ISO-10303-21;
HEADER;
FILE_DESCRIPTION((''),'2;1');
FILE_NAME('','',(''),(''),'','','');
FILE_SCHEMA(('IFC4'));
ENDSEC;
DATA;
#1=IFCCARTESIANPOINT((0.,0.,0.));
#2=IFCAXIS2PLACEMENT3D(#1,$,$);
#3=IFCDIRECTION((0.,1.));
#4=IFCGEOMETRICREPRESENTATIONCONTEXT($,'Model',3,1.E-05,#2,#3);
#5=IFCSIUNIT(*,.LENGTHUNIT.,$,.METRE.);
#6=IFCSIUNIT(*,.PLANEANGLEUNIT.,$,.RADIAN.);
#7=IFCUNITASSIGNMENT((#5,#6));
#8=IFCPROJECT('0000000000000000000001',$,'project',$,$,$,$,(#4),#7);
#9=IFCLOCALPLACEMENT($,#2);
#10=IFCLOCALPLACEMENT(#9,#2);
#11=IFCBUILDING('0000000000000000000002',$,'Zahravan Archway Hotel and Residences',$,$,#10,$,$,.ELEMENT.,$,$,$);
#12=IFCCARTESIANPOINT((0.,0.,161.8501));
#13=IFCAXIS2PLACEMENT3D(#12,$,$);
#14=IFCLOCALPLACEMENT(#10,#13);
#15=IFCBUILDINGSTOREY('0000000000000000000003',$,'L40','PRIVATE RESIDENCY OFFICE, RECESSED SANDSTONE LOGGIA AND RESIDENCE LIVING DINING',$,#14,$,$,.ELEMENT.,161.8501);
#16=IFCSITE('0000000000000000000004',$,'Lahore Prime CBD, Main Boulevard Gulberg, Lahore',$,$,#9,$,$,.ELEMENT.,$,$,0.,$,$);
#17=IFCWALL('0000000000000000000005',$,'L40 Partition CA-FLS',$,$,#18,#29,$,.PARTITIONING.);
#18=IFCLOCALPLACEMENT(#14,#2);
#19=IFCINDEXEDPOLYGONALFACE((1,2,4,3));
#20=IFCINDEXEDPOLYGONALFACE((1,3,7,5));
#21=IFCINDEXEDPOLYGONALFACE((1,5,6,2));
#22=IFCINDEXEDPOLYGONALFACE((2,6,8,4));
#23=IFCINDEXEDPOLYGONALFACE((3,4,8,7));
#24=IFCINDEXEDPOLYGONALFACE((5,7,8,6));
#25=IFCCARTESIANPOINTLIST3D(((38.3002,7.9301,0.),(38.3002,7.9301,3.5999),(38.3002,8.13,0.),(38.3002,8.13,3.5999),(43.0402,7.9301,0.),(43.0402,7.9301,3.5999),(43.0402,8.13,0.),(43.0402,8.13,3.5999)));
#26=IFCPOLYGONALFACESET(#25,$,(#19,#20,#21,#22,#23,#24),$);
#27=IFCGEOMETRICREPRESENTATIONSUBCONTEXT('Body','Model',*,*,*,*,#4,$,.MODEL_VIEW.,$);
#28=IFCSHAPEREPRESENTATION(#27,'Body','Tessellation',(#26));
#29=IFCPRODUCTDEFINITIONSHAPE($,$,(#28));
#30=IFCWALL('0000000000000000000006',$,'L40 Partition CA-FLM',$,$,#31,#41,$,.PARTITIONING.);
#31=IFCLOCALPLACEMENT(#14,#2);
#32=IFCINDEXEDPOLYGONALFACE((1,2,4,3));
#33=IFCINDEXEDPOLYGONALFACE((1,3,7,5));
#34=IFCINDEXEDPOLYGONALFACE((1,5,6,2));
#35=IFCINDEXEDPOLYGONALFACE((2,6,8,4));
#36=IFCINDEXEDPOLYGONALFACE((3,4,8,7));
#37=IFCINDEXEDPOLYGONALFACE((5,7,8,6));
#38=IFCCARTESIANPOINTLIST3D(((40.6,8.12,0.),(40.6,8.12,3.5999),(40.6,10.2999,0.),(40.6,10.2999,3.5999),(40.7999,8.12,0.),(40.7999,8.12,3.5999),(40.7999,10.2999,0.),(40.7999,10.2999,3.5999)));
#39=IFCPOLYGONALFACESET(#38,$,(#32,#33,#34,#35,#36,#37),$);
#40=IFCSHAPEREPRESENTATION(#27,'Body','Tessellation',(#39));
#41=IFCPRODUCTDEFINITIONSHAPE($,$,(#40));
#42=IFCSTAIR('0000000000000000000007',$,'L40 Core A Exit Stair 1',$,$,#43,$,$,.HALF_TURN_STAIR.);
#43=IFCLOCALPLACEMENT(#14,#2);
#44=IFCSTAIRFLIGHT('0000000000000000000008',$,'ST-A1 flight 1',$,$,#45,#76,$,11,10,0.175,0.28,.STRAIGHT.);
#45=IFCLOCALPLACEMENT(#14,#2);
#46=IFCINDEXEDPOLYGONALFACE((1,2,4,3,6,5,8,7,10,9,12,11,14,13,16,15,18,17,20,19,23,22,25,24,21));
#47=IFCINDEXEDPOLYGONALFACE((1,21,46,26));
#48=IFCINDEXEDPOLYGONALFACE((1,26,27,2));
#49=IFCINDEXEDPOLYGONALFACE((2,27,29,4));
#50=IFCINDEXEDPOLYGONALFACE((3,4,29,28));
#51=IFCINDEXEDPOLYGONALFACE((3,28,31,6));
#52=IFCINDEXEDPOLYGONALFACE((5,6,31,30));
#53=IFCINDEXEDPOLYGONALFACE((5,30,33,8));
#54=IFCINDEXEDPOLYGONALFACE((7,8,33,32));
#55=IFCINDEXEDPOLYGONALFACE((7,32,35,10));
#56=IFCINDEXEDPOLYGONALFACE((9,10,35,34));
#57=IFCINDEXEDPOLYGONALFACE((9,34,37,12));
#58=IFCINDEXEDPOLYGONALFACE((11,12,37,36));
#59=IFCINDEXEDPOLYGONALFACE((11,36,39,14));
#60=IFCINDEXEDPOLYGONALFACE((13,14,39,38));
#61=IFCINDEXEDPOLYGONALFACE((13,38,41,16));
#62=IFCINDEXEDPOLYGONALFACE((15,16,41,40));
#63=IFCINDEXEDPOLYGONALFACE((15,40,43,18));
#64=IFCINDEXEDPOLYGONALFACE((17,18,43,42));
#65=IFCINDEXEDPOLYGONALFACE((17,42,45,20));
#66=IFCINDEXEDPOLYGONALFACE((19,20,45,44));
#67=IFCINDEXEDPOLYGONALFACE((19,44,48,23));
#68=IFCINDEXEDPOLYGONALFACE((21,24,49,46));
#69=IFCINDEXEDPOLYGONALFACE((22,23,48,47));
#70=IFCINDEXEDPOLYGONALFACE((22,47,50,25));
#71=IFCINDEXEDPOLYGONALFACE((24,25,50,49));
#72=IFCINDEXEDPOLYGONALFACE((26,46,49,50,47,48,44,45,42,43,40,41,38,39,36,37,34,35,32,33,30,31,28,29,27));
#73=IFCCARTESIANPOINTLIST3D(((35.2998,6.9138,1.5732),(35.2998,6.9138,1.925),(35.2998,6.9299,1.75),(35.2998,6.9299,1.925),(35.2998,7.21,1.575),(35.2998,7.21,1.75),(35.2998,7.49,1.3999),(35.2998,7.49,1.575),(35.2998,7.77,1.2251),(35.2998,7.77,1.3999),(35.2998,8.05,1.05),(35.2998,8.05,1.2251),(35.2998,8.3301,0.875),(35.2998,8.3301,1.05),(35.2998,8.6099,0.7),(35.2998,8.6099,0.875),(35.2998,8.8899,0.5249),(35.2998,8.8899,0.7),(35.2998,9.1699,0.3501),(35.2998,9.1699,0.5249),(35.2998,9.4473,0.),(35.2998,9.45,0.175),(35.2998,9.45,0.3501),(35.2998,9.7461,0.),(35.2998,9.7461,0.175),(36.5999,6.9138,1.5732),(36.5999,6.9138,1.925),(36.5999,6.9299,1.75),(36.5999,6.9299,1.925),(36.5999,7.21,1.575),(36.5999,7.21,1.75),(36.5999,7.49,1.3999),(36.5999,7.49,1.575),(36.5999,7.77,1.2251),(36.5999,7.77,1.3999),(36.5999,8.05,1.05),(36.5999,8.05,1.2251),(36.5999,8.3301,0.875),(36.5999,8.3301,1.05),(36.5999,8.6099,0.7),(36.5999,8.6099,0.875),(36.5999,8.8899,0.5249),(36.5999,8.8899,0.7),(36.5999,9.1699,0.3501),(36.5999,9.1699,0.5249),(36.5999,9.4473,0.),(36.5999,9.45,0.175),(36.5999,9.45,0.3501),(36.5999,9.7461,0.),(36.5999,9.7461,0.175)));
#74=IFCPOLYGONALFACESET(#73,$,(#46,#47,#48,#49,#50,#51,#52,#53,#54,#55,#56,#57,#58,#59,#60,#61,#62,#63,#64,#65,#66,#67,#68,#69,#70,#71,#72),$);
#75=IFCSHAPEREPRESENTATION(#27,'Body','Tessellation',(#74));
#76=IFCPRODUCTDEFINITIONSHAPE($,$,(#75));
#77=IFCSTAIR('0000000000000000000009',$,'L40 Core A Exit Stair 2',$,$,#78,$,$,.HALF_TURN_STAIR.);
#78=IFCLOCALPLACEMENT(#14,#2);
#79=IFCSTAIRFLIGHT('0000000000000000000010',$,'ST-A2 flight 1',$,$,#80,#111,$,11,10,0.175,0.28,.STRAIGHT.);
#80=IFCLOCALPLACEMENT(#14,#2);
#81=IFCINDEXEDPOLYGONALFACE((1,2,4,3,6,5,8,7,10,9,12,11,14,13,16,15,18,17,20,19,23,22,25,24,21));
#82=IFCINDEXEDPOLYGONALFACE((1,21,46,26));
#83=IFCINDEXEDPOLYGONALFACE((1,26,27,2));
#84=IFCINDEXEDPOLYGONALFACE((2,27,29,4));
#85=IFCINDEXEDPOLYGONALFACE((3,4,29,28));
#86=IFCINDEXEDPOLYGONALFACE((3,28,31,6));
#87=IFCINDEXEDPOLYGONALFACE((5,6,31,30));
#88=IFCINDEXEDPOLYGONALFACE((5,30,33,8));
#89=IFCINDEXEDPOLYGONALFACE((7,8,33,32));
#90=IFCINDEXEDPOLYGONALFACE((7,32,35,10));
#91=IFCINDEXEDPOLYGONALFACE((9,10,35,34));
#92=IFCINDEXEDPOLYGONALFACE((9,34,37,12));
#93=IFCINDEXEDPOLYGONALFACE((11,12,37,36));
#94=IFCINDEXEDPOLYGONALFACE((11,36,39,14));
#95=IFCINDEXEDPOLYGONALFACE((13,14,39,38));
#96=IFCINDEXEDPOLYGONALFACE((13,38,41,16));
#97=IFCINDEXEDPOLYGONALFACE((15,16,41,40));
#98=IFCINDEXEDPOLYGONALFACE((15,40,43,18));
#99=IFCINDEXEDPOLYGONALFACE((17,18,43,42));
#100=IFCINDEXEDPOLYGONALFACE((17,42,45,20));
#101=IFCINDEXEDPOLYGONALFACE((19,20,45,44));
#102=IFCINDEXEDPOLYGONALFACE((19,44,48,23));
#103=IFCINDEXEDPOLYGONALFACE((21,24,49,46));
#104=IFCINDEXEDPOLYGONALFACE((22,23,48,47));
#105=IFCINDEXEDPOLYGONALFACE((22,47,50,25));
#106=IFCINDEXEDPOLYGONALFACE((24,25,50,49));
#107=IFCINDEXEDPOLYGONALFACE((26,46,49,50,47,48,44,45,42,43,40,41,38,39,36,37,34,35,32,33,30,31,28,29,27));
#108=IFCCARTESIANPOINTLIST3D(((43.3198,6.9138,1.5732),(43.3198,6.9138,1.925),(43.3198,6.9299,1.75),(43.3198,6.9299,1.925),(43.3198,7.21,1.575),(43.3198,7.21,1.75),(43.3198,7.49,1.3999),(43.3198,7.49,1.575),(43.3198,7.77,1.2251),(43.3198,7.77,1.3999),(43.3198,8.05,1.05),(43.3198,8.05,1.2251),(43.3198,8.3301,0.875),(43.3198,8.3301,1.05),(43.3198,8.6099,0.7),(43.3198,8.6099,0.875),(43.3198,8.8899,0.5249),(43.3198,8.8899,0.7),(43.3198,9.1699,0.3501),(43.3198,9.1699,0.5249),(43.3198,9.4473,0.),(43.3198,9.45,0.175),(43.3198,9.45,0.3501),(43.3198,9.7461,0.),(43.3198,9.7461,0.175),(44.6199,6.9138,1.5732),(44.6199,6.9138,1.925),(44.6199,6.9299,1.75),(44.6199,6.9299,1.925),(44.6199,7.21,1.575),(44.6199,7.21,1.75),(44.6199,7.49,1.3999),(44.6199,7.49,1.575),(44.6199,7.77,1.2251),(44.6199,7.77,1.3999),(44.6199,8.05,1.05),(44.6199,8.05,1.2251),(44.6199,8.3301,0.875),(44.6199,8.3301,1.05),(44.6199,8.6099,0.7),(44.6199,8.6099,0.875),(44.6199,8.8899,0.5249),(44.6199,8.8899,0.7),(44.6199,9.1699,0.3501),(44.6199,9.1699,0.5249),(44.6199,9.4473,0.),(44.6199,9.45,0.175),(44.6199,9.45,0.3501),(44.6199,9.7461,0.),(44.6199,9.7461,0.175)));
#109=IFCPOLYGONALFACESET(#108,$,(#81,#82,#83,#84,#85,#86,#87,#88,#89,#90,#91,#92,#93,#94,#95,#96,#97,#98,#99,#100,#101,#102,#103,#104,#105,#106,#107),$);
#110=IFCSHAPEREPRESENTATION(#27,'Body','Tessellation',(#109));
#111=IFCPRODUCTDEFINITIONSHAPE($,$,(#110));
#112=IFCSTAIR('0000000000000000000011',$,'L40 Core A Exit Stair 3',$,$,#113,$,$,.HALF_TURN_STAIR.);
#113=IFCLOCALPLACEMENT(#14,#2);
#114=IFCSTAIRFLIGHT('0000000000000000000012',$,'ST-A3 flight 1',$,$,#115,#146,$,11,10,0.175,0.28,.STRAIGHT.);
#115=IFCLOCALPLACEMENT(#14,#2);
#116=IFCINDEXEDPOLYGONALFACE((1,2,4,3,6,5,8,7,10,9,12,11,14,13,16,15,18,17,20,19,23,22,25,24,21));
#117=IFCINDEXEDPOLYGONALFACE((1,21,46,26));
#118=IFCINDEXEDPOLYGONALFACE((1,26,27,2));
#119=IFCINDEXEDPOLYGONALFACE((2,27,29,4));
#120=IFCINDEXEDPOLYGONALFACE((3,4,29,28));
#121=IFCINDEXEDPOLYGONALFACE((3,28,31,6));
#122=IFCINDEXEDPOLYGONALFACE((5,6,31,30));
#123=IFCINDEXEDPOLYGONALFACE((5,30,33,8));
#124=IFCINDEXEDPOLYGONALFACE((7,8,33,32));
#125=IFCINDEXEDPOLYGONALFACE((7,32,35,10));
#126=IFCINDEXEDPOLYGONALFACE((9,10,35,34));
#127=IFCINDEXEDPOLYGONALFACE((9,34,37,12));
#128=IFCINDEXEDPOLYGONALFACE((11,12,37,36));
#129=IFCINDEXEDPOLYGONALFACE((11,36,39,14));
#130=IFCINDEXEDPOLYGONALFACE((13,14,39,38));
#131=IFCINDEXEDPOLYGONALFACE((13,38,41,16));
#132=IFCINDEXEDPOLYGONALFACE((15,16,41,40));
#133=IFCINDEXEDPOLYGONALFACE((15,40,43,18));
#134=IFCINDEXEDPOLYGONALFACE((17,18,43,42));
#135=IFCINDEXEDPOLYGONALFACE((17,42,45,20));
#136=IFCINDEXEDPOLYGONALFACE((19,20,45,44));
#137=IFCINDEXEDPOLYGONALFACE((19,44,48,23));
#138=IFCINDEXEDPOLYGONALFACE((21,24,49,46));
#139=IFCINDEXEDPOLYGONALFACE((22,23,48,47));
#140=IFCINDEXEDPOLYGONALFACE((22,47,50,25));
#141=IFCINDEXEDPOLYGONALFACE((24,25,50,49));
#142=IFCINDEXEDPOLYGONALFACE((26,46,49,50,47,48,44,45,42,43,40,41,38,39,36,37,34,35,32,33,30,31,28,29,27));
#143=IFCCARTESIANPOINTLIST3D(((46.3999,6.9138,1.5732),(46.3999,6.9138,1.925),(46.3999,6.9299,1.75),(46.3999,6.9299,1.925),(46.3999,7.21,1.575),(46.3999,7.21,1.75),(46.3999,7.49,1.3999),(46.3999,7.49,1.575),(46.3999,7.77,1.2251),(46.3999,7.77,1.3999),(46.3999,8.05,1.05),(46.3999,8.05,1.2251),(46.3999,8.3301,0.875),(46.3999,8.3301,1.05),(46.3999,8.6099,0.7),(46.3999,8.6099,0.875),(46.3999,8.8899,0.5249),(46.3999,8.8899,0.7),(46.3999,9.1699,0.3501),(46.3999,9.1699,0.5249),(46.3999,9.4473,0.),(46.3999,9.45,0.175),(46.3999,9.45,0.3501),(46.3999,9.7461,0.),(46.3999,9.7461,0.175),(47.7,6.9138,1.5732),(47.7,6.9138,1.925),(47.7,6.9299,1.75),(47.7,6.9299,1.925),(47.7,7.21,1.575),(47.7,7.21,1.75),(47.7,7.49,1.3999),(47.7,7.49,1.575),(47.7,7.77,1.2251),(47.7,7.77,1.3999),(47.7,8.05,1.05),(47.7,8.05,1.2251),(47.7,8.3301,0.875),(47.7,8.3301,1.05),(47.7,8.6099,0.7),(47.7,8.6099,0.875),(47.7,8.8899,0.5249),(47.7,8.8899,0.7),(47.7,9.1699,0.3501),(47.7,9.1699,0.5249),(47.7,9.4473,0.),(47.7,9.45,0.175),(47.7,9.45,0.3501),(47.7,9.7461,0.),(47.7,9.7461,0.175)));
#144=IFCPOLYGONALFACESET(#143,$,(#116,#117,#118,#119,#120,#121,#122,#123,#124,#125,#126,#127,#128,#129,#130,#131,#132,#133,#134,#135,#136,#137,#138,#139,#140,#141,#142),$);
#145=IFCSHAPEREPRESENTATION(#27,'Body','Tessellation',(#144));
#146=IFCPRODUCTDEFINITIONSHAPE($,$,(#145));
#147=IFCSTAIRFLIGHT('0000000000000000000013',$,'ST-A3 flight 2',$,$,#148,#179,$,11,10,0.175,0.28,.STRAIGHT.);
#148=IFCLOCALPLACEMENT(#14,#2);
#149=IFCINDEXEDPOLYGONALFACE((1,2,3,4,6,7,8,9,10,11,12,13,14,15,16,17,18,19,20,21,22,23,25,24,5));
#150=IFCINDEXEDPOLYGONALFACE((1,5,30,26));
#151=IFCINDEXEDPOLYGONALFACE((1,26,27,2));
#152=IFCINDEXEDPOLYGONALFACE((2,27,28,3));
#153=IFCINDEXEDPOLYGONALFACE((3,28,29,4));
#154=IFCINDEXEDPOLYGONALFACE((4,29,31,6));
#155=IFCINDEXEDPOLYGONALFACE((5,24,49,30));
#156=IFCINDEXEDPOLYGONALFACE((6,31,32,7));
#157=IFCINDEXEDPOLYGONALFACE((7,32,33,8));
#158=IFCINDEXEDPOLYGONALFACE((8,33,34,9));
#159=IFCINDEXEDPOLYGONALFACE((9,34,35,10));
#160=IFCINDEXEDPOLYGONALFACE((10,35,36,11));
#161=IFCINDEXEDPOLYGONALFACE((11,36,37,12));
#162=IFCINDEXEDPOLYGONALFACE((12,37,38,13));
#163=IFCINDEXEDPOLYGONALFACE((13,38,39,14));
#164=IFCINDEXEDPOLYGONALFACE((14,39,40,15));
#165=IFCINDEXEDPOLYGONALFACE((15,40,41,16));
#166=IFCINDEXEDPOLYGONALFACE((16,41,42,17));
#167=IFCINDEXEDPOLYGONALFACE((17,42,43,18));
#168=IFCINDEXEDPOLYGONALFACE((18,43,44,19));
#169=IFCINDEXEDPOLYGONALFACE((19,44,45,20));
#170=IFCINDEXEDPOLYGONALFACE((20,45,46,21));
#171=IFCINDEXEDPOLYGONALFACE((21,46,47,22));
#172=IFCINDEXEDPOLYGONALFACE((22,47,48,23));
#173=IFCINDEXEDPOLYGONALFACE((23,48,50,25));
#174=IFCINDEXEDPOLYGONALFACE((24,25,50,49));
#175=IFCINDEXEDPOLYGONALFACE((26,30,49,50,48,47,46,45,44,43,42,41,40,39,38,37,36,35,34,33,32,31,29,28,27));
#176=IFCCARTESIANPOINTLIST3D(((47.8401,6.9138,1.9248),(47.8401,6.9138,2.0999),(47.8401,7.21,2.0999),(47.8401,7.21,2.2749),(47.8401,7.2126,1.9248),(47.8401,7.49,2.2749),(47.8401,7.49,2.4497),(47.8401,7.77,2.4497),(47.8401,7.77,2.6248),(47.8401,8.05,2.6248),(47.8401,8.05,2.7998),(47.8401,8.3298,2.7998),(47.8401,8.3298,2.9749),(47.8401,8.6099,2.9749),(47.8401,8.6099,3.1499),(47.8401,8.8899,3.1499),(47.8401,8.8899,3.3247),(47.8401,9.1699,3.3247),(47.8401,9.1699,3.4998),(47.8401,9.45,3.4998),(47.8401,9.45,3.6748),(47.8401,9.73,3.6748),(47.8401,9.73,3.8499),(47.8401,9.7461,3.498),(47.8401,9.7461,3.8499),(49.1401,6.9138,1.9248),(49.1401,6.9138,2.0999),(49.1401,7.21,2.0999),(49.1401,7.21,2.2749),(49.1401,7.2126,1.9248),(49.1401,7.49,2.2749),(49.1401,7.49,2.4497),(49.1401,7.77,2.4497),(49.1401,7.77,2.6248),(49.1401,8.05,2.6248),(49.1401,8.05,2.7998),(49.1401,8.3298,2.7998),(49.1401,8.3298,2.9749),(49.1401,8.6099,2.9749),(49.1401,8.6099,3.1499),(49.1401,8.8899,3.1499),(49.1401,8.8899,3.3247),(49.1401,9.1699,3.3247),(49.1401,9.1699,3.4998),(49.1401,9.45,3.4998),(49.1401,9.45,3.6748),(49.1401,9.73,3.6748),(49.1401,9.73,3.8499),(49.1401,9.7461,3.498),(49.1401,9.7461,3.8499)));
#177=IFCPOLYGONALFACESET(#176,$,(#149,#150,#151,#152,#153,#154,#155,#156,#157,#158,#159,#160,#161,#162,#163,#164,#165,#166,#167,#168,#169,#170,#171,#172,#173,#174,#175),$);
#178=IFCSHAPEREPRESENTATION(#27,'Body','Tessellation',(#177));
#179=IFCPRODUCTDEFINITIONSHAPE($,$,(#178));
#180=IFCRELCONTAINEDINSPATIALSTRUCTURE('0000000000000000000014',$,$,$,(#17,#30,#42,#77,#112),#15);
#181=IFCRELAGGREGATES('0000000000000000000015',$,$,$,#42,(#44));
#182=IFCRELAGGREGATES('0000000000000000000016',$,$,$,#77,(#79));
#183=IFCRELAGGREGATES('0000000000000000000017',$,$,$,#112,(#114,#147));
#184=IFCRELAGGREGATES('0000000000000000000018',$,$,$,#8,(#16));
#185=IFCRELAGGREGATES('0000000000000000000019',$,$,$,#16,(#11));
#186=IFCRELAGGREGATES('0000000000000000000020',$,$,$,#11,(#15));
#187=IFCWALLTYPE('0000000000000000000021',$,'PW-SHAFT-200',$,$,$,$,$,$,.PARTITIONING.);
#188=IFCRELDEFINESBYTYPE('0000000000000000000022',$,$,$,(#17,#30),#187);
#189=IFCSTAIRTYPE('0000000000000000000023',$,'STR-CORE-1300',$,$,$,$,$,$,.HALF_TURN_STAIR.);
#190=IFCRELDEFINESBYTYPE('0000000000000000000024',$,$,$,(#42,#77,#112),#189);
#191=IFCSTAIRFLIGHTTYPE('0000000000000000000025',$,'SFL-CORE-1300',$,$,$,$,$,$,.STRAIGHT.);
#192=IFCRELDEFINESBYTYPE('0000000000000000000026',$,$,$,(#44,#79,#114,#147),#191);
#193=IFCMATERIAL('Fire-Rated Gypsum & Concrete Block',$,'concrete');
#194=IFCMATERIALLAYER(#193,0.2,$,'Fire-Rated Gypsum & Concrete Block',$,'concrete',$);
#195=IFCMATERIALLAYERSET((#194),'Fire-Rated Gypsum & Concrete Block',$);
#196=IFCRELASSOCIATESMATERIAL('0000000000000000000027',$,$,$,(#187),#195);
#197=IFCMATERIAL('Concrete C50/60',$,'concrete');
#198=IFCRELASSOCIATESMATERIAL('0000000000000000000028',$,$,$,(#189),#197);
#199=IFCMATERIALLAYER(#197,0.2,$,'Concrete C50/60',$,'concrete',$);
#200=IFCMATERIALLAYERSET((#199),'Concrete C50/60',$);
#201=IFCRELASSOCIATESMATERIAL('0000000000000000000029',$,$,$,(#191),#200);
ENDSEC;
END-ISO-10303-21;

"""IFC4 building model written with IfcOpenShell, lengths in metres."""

from ifc_helpers import new_model, si_unit, direction, frame, frame_2d, origin, place, context, subcontext, project, spatial, polyline, rectangle, outline, extrude, source, transform, mapped, material, layer, layer_set, type_object, element, aggregate, save


model = new_model("IFC4")

# Units and contexts
model_context = context("Model", 3, precision=1e-05, world=origin(), true_north=direction((0.0, 1.0)))
body_context = subcontext(model_context, "Body", "Model", "MODEL_VIEW")
ifc_project = project(units=[si_unit("LENGTHUNIT", "METRE"), si_unit("PLANEANGLEUNIT", "RADIAN")], contexts=[model_context])

# Site, building, storey
site_placement = place(None, origin())
site = spatial("IfcSite", under=ifc_project, at=site_placement, Name="Lahore Prime CBD, Main Boulevard Gulberg, Lahore", CompositionType="ELEMENT", RefElevation=0.0)
building_placement = place(site_placement, origin())
building = spatial("IfcBuilding", under=site, at=building_placement, Name="Zahravan Archway Hotel and Residences", CompositionType="ELEMENT")
storey_placement = place(building_placement, frame((0.0, 0.0, 161.8501)))
storey = spatial("IfcBuildingStorey", under=building, at=storey_placement, Name="L40", Description="PRIVATE RESIDENCY OFFICE, RECESSED SANDSTONE LOGGIA AND RESIDENCE LIVING DINING", CompositionType="ELEMENT", Elevation=161.8501)

# Walls
ifc_material_1 = material(Name="Fire-Rated Gypsum & Concrete Block", Category="concrete")
ifc_layer_1 = layer(ifc_material_1, 0.2, Name="Fire-Rated Gypsum & Concrete Block", Category="concrete")
ifc_layer_set_1 = layer_set([ifc_layer_1], Name="Fire-Rated Gypsum & Concrete Block")
wall_type = type_object("IfcWallType", Name="PW-SHAFT-200", PredefinedType="PARTITIONING", material=ifc_layer_set_1)
wall_1_placement = place(storey_placement, frame((38.3, 8.03, 0.0), z_axis=(0.0, 0.0, 1.0), x_axis=(1.0, 0.0, 0.0)))
element("IfcWall", 1, at=wall_1_placement, inside=storey, type_object=wall_type, Name="L40 Partition CA-FLS", PredefinedType="PARTITIONING", context=body_context, shape_type="SweptSolid", body=[
    extrude(rectangle(XDim=4.74, YDim=0.2, at=frame_2d((2.3701, 0.0))), origin(), (0.0, 0.0, 1.0), 3.5999),
])
wall_2_placement = place(storey_placement, frame((40.7, 8.1201, 0.0), z_axis=(0.0, 0.0, 1.0), x_axis=(0.0, 1.0, 0.0)))
element("IfcWall", 2, at=wall_2_placement, inside=storey, type_object=wall_type, Name="L40 Partition CA-FLM", PredefinedType="PARTITIONING", context=body_context, shape_type="SweptSolid", body=[
    extrude(rectangle(XDim=2.1799, YDim=0.2, at=frame_2d((1.0898, 0.0))), origin(), (0.0, 0.0, 1.0), 3.5999),
])

# Stairs, stair flights
ifc_material_2 = material(Name="Concrete C50/60", Category="concrete")
stair_type = type_object("IfcStairType", Name="STR-CORE-1300", PredefinedType="HALF_TURN_STAIR", material=ifc_material_2)
stair_1_placement = place(storey_placement, origin())
stair_1 = element("IfcStair", 3, at=stair_1_placement, inside=storey, type_object=stair_type, Name="L40 Core A Exit Stair 1", PredefinedType="HALF_TURN_STAIR")
ifc_layer_2 = layer(ifc_material_2, 0.2, Name="Concrete C50/60", Category="concrete")
ifc_layer_set_2 = layer_set([ifc_layer_2], Name="Concrete C50/60")
stair_flight_type = type_object("IfcStairFlightType", Name="SFL-CORE-1300", PredefinedType="STRAIGHT", material=ifc_layer_set_2)
shared_shape = source(origin(), body_context, "Body", "SweptSolid", [
    extrude(outline(polyline([(-0.0161, 0.0), (-0.0161, 0.175), (0.28, 0.175), (0.28, 0.3501), (0.5601, 0.3501), (0.5601, 0.5249), (0.8401, 0.5249), (0.8401, 0.7), (1.1201, 0.7), (1.1201, 0.875), (1.3999, 0.875), (1.3999, 1.05), (1.6799, 1.05), (1.6799, 1.2251), (1.96, 1.2251), (1.96, 1.3999), (2.24, 1.3999), (2.24, 1.575), (2.52, 1.575), (2.52, 1.75), (2.8, 1.75), (2.8, 1.925), (2.8162, 1.925), (2.8162, 1.5732), (0.2827, 0.0), (-0.0161, 0.0)])), frame((0.0, 0.6499, 0.0), z_axis=(0.0, -1.0, 0.0), x_axis=(1.0, 0.0, 0.0)), (0.0, 0.0, 1.0), 1.3),
])
stair_flight_1_placement = place(storey_placement, frame((35.95, 9.73, 0.0), z_axis=(0.0, 0.0, 1.0), x_axis=(0.0, -1.0, 0.0)))
stair_flight_1 = element("IfcStairFlight", 4, at=stair_flight_1_placement, type_object=stair_flight_type, Name="ST-A1 flight 1", NumberOfRisers=11, NumberOfTreads=10, PredefinedType="STRAIGHT", RiserHeight=0.175, TreadLength=0.28, context=body_context, shape_type="MappedRepresentation", body=[
    mapped(shared_shape, transform((0.0, 0.0, 0.0), scale=1.0)),
])
aggregate(stair_1, [stair_flight_1])
stair_2_placement = place(storey_placement, origin())
stair_2 = element("IfcStair", 5, at=stair_2_placement, inside=storey, type_object=stair_type, Name="L40 Core A Exit Stair 2", PredefinedType="HALF_TURN_STAIR")
stair_flight_2_placement = place(storey_placement, frame((43.97, 9.73, 0.0), z_axis=(0.0, 0.0, 1.0), x_axis=(0.0, -1.0, 0.0)))
stair_flight_2 = element("IfcStairFlight", 6, at=stair_flight_2_placement, type_object=stair_flight_type, Name="ST-A2 flight 1", NumberOfRisers=11, NumberOfTreads=10, PredefinedType="STRAIGHT", RiserHeight=0.175, TreadLength=0.28, context=body_context, shape_type="MappedRepresentation", body=[
    mapped(shared_shape, transform((0.0, 0.0, 0.0), scale=1.0)),
])
aggregate(stair_2, [stair_flight_2])

# Stair, stair flights
stair_3_placement = place(storey_placement, origin())
stair_3 = element("IfcStair", 7, at=stair_3_placement, inside=storey, type_object=stair_type, Name="L40 Core A Exit Stair 3", PredefinedType="HALF_TURN_STAIR")
stair_flight_3_placement = place(storey_placement, frame((47.05, 9.73, 0.0), z_axis=(0.0, 0.0, 1.0), x_axis=(0.0, -1.0, 0.0)))
stair_flight_3 = element("IfcStairFlight", 8, at=stair_flight_3_placement, type_object=stair_flight_type, Name="ST-A3 flight 1", NumberOfRisers=11, NumberOfTreads=10, PredefinedType="STRAIGHT", RiserHeight=0.175, TreadLength=0.28, context=body_context, shape_type="MappedRepresentation", body=[
    mapped(shared_shape, transform((0.0, 0.0, 0.0), scale=1.0)),
])
stair_flight_4_placement = place(storey_placement, frame((48.49, 6.9299, 1.9248), z_axis=(0.0, 0.0, 1.0), x_axis=(0.0, 1.0, 0.0)))
stair_flight_4 = element("IfcStairFlight", 9, at=stair_flight_4_placement, type_object=stair_flight_type, Name="ST-A3 flight 2", NumberOfRisers=11, NumberOfTreads=10, PredefinedType="STRAIGHT", RiserHeight=0.175, TreadLength=0.28, context=body_context, shape_type="MappedRepresentation", body=[
    mapped(shared_shape, transform((0.0, 0.0, 0.0), scale=1.0)),
])
aggregate(stair_3, [stair_flight_3, stair_flight_4])

save(model, "model.ifc")
